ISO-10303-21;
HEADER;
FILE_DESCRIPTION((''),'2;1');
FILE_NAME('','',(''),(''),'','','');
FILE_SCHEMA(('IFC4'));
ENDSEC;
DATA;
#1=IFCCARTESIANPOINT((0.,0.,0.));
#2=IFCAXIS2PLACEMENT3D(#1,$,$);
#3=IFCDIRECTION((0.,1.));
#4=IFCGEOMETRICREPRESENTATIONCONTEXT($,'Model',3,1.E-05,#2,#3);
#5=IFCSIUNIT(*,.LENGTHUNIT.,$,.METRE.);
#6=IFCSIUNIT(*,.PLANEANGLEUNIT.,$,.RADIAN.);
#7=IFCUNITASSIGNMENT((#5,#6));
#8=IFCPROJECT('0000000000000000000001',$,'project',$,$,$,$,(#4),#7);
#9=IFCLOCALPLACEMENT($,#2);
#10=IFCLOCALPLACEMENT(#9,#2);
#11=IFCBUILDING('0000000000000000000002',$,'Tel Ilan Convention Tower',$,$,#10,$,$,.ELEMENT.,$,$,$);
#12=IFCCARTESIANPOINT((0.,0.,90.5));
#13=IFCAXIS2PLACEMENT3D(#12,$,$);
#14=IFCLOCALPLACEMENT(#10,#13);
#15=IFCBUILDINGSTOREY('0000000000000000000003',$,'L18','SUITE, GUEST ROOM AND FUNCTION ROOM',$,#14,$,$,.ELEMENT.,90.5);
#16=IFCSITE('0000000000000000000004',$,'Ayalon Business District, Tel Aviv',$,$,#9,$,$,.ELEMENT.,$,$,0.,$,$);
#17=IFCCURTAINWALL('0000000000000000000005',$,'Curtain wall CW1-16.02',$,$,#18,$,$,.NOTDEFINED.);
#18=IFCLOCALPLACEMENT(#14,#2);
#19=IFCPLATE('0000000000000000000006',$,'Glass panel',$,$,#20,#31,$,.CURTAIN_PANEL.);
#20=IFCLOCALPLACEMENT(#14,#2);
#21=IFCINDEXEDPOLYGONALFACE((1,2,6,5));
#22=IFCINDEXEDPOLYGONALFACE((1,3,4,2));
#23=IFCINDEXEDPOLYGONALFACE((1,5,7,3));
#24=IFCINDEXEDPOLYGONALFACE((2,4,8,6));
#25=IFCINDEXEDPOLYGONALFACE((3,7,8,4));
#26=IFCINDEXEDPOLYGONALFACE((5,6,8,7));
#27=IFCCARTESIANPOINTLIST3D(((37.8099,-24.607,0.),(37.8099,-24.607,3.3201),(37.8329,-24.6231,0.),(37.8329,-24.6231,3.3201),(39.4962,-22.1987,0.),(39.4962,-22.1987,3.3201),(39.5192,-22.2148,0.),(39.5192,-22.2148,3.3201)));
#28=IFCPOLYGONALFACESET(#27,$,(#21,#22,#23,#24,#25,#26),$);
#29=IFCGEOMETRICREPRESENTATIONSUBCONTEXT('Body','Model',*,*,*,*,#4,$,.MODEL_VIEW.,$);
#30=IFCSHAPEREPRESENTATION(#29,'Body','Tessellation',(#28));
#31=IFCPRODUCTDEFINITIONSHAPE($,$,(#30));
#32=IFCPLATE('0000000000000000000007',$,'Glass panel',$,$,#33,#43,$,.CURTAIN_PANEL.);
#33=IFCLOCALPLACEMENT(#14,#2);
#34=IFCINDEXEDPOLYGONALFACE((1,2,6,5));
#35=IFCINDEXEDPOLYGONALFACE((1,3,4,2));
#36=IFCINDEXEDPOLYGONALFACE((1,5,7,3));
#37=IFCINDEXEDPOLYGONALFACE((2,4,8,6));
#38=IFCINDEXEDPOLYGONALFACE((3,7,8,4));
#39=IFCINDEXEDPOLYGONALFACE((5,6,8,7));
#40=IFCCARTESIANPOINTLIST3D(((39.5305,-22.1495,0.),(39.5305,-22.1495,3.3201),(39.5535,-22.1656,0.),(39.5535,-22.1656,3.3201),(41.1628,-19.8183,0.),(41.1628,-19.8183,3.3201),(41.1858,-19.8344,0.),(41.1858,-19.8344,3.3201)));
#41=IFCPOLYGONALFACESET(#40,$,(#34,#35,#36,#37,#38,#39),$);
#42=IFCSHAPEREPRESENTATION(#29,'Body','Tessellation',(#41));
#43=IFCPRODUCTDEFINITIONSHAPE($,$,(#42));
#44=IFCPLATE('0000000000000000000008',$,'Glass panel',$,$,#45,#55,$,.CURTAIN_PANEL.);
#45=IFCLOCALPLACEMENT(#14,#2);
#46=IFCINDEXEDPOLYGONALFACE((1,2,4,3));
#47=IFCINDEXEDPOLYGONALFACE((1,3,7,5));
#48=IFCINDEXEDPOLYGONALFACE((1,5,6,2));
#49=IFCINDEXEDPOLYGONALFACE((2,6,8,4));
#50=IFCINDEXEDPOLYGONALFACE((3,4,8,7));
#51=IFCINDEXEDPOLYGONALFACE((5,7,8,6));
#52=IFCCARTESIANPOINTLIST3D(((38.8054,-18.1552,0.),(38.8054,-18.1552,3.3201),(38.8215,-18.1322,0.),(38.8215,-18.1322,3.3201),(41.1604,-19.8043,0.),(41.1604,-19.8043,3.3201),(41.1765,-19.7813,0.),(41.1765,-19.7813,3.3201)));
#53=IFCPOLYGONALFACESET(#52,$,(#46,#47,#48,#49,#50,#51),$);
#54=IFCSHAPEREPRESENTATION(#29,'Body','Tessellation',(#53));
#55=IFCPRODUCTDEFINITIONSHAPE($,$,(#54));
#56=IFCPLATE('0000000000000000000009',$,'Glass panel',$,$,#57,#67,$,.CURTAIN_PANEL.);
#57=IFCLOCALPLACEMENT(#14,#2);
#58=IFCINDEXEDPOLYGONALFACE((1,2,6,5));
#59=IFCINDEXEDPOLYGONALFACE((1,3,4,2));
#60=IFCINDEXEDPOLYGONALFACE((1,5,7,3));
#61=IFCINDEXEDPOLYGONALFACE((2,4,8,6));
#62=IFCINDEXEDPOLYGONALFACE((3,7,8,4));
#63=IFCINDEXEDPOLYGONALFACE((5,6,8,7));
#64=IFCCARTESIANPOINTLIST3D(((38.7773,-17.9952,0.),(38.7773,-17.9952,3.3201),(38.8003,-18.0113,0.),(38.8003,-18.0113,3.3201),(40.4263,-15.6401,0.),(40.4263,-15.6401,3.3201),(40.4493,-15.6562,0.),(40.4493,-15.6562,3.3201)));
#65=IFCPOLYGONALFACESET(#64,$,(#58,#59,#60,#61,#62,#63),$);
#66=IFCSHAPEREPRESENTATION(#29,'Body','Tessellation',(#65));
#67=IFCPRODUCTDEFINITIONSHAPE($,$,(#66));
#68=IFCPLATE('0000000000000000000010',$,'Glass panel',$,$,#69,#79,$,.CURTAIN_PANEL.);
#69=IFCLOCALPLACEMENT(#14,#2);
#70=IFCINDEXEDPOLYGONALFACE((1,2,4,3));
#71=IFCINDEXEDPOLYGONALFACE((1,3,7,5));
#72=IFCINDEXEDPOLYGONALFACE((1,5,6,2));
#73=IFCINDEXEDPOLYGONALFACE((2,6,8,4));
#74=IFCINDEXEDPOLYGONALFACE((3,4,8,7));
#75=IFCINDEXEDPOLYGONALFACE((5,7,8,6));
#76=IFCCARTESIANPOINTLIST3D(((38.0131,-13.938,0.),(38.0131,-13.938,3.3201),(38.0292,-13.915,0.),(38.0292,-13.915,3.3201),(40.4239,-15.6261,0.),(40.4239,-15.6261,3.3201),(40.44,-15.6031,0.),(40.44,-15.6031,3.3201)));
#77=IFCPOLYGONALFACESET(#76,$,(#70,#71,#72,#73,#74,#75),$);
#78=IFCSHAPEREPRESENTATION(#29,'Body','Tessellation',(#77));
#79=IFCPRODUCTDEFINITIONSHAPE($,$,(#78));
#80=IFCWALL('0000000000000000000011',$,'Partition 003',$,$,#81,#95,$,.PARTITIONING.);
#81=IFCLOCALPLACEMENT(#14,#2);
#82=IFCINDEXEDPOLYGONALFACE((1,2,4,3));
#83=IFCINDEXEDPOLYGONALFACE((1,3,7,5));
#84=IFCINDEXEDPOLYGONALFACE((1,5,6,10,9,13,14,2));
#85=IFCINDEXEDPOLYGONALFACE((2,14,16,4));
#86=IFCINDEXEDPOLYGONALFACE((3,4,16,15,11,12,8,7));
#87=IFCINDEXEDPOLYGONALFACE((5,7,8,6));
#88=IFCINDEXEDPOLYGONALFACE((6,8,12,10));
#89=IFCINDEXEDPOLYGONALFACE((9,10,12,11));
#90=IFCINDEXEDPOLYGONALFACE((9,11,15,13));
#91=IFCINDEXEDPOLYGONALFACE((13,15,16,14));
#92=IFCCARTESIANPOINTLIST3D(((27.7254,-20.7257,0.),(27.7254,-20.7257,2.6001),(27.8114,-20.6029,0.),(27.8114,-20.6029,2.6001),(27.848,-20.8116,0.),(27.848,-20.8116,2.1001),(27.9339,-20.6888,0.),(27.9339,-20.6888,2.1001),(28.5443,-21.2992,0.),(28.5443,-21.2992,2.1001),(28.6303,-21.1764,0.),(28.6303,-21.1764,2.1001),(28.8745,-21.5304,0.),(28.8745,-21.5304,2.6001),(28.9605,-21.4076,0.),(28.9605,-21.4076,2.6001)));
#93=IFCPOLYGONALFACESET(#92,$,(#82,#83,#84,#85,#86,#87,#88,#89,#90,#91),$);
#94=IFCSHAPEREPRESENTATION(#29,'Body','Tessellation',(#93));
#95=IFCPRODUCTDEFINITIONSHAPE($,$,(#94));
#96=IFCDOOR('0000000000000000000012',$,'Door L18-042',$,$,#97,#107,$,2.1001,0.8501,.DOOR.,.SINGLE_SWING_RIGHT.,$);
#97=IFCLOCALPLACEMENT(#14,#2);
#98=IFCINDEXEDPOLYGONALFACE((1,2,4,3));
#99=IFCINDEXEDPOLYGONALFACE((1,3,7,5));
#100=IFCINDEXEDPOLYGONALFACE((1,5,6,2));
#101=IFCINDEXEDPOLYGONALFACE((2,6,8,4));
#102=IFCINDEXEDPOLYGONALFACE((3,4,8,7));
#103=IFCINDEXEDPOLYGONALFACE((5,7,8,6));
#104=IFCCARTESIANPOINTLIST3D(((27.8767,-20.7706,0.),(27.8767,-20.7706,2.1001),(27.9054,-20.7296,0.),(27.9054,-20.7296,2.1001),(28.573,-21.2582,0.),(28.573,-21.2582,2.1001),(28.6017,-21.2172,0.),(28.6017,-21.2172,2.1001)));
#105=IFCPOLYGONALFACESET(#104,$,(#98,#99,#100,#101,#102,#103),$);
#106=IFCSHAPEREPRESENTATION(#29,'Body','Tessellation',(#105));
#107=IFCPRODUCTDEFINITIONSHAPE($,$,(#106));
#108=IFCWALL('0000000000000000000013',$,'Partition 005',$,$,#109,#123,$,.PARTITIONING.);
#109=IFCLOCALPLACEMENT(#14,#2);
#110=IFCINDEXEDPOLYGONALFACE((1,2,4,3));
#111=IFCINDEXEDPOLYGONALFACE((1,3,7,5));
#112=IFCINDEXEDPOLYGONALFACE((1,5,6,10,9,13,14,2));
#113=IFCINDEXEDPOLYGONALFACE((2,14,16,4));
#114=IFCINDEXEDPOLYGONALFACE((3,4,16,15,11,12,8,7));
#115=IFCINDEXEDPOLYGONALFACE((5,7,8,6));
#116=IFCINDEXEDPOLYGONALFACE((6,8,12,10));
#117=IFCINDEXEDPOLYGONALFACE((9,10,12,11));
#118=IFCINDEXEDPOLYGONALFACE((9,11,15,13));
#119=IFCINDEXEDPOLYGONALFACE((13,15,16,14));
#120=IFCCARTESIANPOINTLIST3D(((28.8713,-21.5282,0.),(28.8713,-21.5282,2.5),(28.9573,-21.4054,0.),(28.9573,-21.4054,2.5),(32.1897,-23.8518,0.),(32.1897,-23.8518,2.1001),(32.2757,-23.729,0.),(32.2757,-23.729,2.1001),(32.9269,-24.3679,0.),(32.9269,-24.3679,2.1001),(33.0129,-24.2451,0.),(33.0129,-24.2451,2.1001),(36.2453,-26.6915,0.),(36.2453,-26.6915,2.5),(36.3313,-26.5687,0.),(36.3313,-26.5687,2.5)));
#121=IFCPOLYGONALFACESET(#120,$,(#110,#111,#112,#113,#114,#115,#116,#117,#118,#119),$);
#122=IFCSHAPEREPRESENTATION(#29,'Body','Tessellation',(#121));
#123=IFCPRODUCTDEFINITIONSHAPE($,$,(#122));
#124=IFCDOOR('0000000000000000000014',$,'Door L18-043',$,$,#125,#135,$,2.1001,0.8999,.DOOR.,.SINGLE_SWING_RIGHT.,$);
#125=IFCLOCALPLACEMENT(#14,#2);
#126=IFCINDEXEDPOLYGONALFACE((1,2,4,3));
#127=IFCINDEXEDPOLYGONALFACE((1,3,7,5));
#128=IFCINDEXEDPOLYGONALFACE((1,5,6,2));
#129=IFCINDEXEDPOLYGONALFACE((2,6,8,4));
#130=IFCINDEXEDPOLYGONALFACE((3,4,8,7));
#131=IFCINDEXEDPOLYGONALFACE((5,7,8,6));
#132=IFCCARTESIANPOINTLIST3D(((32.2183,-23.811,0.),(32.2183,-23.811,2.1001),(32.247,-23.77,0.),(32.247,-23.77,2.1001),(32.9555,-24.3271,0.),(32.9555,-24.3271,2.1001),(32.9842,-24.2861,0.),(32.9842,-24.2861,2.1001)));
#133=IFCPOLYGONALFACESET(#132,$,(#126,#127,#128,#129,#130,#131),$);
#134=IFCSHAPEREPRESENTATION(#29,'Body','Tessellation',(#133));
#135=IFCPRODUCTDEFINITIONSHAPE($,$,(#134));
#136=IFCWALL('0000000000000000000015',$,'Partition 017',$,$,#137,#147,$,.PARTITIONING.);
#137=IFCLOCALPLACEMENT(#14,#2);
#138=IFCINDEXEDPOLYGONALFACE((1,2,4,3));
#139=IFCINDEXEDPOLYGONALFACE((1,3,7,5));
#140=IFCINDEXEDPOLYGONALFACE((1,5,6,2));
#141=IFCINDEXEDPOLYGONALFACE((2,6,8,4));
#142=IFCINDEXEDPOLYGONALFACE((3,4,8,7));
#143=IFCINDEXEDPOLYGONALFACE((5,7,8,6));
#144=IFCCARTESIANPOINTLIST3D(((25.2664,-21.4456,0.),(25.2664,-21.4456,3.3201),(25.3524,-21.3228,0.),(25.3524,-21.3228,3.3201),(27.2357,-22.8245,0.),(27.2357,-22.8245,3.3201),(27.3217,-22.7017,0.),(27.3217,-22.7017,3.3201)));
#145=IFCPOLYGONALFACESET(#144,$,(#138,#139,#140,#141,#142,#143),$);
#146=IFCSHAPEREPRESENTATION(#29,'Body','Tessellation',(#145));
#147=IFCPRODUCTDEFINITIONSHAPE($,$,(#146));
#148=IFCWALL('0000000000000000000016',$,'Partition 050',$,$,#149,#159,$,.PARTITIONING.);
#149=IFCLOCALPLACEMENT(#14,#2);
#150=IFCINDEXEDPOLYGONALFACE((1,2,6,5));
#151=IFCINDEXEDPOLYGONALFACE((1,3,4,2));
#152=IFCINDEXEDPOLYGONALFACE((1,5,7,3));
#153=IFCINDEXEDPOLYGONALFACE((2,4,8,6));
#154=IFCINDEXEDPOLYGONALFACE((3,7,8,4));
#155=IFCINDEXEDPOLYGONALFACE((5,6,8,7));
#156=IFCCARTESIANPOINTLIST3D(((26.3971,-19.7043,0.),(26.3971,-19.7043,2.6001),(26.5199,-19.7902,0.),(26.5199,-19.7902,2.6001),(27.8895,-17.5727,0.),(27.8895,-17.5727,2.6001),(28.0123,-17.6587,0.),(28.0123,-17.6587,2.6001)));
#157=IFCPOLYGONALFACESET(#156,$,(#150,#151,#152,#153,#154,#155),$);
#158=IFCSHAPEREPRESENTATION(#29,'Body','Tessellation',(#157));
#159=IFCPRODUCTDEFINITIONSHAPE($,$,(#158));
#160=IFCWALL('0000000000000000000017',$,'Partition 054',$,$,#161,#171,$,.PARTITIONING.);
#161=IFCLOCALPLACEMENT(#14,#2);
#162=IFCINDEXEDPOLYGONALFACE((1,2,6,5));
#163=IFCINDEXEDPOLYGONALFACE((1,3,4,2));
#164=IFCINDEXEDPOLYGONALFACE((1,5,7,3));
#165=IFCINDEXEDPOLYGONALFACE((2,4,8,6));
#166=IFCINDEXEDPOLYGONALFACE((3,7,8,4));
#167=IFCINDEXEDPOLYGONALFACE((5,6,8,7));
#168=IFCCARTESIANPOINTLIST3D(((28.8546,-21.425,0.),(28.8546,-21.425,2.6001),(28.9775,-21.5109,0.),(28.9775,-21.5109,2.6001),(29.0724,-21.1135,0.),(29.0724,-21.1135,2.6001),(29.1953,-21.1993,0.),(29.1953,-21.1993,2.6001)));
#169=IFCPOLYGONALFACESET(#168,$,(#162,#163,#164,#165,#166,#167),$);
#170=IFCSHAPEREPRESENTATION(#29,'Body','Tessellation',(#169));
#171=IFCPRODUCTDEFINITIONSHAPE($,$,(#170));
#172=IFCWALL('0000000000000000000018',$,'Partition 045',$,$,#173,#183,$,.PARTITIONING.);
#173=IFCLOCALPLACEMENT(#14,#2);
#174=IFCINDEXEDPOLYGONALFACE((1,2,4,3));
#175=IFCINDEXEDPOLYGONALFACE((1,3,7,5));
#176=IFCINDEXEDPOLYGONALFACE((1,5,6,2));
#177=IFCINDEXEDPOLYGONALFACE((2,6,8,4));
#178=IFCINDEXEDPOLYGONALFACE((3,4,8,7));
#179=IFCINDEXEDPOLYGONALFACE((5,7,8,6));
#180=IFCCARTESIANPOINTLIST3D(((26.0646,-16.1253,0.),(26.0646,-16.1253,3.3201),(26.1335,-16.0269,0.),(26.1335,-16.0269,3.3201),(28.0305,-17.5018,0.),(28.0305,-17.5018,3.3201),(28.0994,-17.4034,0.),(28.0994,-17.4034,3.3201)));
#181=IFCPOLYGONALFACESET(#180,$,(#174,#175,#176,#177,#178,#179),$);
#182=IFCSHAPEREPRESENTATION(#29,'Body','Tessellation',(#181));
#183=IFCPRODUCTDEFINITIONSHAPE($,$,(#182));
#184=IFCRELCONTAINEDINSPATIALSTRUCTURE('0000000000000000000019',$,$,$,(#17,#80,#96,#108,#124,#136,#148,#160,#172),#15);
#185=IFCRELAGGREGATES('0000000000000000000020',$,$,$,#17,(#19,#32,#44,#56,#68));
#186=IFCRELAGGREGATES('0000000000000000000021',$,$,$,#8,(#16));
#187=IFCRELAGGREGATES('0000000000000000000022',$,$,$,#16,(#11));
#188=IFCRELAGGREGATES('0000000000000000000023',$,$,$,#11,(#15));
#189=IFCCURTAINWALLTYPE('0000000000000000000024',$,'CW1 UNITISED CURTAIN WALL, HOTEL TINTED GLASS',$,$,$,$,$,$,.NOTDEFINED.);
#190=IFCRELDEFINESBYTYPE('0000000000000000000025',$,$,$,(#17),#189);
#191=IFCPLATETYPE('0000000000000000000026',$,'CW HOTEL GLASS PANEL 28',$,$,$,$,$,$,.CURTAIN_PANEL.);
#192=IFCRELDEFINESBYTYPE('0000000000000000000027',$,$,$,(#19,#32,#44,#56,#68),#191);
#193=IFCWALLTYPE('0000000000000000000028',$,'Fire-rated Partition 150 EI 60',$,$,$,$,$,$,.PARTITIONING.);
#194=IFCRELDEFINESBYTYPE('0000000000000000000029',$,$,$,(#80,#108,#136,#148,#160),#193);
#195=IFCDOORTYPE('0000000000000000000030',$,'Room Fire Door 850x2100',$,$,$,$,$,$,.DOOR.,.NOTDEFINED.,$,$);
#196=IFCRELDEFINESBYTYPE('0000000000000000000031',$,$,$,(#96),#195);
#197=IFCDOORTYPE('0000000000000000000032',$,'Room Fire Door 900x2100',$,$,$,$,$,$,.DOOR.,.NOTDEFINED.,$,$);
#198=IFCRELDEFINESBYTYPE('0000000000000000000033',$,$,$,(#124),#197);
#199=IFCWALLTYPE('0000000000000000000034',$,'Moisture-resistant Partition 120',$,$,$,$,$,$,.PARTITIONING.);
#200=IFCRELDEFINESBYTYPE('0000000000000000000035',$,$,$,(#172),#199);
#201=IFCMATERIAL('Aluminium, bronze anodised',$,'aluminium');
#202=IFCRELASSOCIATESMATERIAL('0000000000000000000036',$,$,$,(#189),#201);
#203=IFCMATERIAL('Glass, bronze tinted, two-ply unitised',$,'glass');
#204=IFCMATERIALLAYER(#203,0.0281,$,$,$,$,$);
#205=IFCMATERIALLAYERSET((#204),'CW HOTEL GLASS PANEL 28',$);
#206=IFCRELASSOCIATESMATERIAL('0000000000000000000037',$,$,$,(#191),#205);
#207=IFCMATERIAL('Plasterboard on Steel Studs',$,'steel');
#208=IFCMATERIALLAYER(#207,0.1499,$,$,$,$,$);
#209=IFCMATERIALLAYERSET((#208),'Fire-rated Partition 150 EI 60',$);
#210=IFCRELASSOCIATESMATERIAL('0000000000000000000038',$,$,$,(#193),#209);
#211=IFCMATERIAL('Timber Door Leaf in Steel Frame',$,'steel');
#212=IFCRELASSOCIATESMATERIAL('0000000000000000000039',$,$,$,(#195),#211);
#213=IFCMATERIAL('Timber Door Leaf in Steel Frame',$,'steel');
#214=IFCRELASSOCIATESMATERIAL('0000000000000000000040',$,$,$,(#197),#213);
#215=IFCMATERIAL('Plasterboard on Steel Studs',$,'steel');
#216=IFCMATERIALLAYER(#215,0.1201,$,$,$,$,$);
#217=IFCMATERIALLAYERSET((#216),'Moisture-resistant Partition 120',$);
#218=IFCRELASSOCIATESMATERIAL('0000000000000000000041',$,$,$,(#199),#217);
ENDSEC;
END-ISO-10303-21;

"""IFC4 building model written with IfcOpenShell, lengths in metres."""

from ifc_helpers import new_model, si_unit, direction, frame, frame_2d, origin, origin_2d, place, context, subcontext, project, spatial, rectangle, extrude, material, layer, layer_set, type_object, element, fill, aggregate, save


model = new_model("IFC4")

# Units and contexts
model_context = context("Model", 3, precision=1e-05, world=origin(), true_north=direction((0.0, 1.0)))
body_context = subcontext(model_context, "Body", "Model", "MODEL_VIEW")
ifc_project = project(units=[si_unit("LENGTHUNIT", "METRE"), si_unit("PLANEANGLEUNIT", "RADIAN")], contexts=[model_context])

# Site, building, storey
site_placement = place(None, origin())
site = spatial("IfcSite", under=ifc_project, at=site_placement, Name="Ayalon Business District, Tel Aviv", CompositionType="ELEMENT", RefElevation=0.0)
building_placement = place(site_placement, origin())
building = spatial("IfcBuilding", under=site, at=building_placement, Name="Tel Ilan Convention Tower", CompositionType="ELEMENT")
storey_placement = place(building_placement, frame((0.0, 0.0, 90.5)))
storey = spatial("IfcBuildingStorey", under=building, at=storey_placement, Name="L18", Description="SUITE, GUEST ROOM AND FUNCTION ROOM", CompositionType="ELEMENT", Elevation=90.5)

# Curtain wall, plates
ifc_material_1 = material(Name="Aluminium, bronze anodised", Category="aluminium")
curtain_wall_type = type_object("IfcCurtainWallType", Name="CW1 UNITISED CURTAIN WALL, HOTEL TINTED GLASS", PredefinedType="NOTDEFINED", material=ifc_material_1)
curtain_wall_placement = place(storey_placement, origin())
curtain_wall = element("IfcCurtainWall", 1, at=curtain_wall_placement, inside=storey, type_object=curtain_wall_type, Name="Curtain wall CW1-16.02", PredefinedType="NOTDEFINED")
ifc_material_2 = material(Name="Glass, bronze tinted, two-ply unitised", Category="glass")
ifc_layer_1 = layer(ifc_material_2, 0.0281)
ifc_layer_set_1 = layer_set([ifc_layer_1], Name="CW HOTEL GLASS PANEL 28")
plate_type = type_object("IfcPlateType", Name="CW HOTEL GLASS PANEL 28", PredefinedType="CURTAIN_PANEL", material=ifc_layer_set_1)
plate_1_placement = place(storey_placement, frame((38.6646, -23.4109, 0.0), z_axis=(0.0, 0.0, 1.0), x_axis=(0.573576, 0.819152, 0.0)))
plate_1 = element("IfcPlate", 2, at=plate_1_placement, type_object=plate_type, Name="Glass panel", PredefinedType="CURTAIN_PANEL", context=body_context, shape_type="SweptSolid", body=[
    extrude(rectangle(XDim=2.9399, YDim=0.0281, at=origin_2d()), origin(), (0.0, 0.0, 1.0), 3.3201),
])
plate_2_placement = place(storey_placement, frame((40.3582, -20.9919, 0.0), z_axis=(0.0, 0.0, 1.0), x_axis=(0.573576, 0.819152, 0.0)))
plate_2 = element("IfcPlate", 3, at=plate_2_placement, type_object=plate_type, Name="Glass panel", PredefinedType="CURTAIN_PANEL", context=body_context, shape_type="SweptSolid", body=[
    extrude(rectangle(XDim=2.8459, YDim=0.0281, at=origin_2d()), origin(), (0.0, 0.0, 1.0), 3.3201),
])
plate_3_placement = place(storey_placement, frame((39.991, -18.9683, 0.0), z_axis=(0.0, 0.0, 1.0), x_axis=(-0.819152, 0.573576, 0.0)))
plate_3 = element("IfcPlate", 4, at=plate_3_placement, type_object=plate_type, Name="Glass panel", PredefinedType="CURTAIN_PANEL", context=body_context, shape_type="SweptSolid", body=[
    extrude(rectangle(XDim=2.875, YDim=0.0281, at=origin_2d()), origin(), (0.0, 0.0, 1.0), 3.3201),
])
plate_4_placement = place(storey_placement, frame((39.6133, -16.8257, 0.0), z_axis=(0.0, 0.0, 1.0), x_axis=(0.573576, 0.819152, 0.0)))
plate_4 = element("IfcPlate", 5, at=plate_4_placement, type_object=plate_type, Name="Glass panel", PredefinedType="CURTAIN_PANEL", context=body_context, shape_type="SweptSolid", body=[
    extrude(rectangle(XDim=2.875, YDim=0.0281, at=origin_2d()), origin(), (0.0, 0.0, 1.0), 3.3201),
])
plate_5_placement = place(storey_placement, frame((39.2266, -14.7705, 0.0), z_axis=(0.0, 0.0, 1.0), x_axis=(-0.819152, 0.573576, 0.0)))
plate_5 = element("IfcPlate", 6, at=plate_5_placement, type_object=plate_type, Name="Glass panel", PredefinedType="CURTAIN_PANEL", context=body_context, shape_type="SweptSolid", body=[
    extrude(rectangle(XDim=2.9431, YDim=0.0281, at=origin_2d()), origin(), (0.0, 0.0, 1.0), 3.3201),
])
aggregate(curtain_wall, [plate_1, plate_2, plate_3, plate_4, plate_5])

# Walls, openings, doors
ifc_material_3 = material(Name="Plasterboard on Steel Studs", Category="steel")
ifc_layer_2 = layer(ifc_material_3, 0.1499)
ifc_layer_set_2 = layer_set([ifc_layer_2], Name="Fire-rated Partition 150 EI 60")
wall_type_1 = type_object("IfcWallType", Name="Fire-rated Partition 150 EI 60", PredefinedType="PARTITIONING", material=ifc_layer_set_2)
wall_1_placement = place(storey_placement, frame((28.9175, -21.469, 0.0), z_axis=(0.0, 0.0, 1.0), x_axis=(-0.819142, 0.573591, 0.0)))
wall_1 = element("IfcWall", 7, at=wall_1_placement, inside=storey, type_object=wall_type_1, Name="Partition 003", PredefinedType="PARTITIONING", context=body_context, shape_type="SweptSolid", body=[
    extrude(rectangle(XDim=1.4028, YDim=0.1499, at=frame_2d((0.7014, 0.0))), origin(), (0.0, 0.0, 1.0), 2.6001),
])
opening_1_placement = place(wall_1_placement, frame((0.4031, 0.0, 0.0)))
opening_1 = element("IfcOpeningElement", 8, at=opening_1_placement, cuts=wall_1, PredefinedType="OPENING", context=body_context, shape_type="SweptSolid", body=[
    extrude(rectangle(XDim=0.8501, YDim=2.1001, at=frame_2d((0.425, 1.05))), frame((0.0, 0.085, 0.0), z_axis=(0.0, -1.0, 0.0), x_axis=(1.0, 0.0, 0.0)), (0.0, 0.0, 1.0), 0.1699),
])
ifc_material_4 = material(Name="Timber Door Leaf in Steel Frame", Category="steel")
door_type_1 = type_object("IfcDoorType", Name="Room Fire Door 850x2100", OperationType="NOTDEFINED", PredefinedType="DOOR", material=ifc_material_4)
door_1_placement = place(opening_1_placement, origin())
door_1 = element("IfcDoor", 9, at=door_1_placement, inside=storey, type_object=door_type_1, Name="Door L18-042", OperationType="SINGLE_SWING_RIGHT", OverallHeight=2.1001, OverallWidth=0.8501, PredefinedType="DOOR", context=body_context, shape_type="SweptSolid", body=[
    extrude(rectangle(XDim=0.8501, YDim=2.1001, at=frame_2d((0.425, 1.05))), frame((0.0, 0.0249, 0.0), z_axis=(0.0, -1.0, 0.0), x_axis=(1.0, 0.0, 0.0)), (0.0, 0.0, 1.0), 0.05),
])
fill(opening_1, door_1)
wall_2_placement = place(storey_placement, frame((28.9143, -21.4668, 0.0), z_axis=(0.0, 0.0, 1.0), x_axis=(0.819153, -0.573575, 0.0)))
wall_2 = element("IfcWall", 10, at=wall_2_placement, inside=storey, type_object=wall_type_1, Name="Partition 005", PredefinedType="PARTITIONING", context=body_context, shape_type="SweptSolid", body=[
    extrude(rectangle(XDim=9.002, YDim=0.1499, at=frame_2d((4.501, 0.0))), origin(), (0.0, 0.0, 1.0), 2.5),
])
opening_2_placement = place(wall_2_placement, frame((4.051, 0.0, 0.0)))
opening_2 = element("IfcOpeningElement", 11, at=opening_2_placement, cuts=wall_2, PredefinedType="OPENING", context=body_context, shape_type="SweptSolid", body=[
    extrude(rectangle(XDim=0.8999, YDim=2.1001, at=frame_2d((0.45, 1.05))), frame((0.0, 0.085, 0.0), z_axis=(0.0, -1.0, 0.0), x_axis=(1.0, 0.0, 0.0)), (0.0, 0.0, 1.0), 0.1699),
])
ifc_material_5 = material(Name="Timber Door Leaf in Steel Frame", Category="steel")
door_type_2 = type_object("IfcDoorType", Name="Room Fire Door 900x2100", OperationType="NOTDEFINED", PredefinedType="DOOR", material=ifc_material_5)
door_2_placement = place(opening_2_placement, origin())
door_2 = element("IfcDoor", 12, at=door_2_placement, inside=storey, type_object=door_type_2, Name="Door L18-043", OperationType="SINGLE_SWING_RIGHT", OverallHeight=2.1001, OverallWidth=0.8999, PredefinedType="DOOR", context=body_context, shape_type="SweptSolid", body=[
    extrude(rectangle(XDim=0.8999, YDim=2.1001, at=frame_2d((0.45, 1.05))), frame((0.0, 0.0249, 0.0), z_axis=(0.0, -1.0, 0.0), x_axis=(1.0, 0.0, 0.0)), (0.0, 0.0, 1.0), 0.05),
])
fill(opening_2, door_2)

# Walls
wall_3_placement = place(storey_placement, frame((27.2788, -22.7632, 0.0), z_axis=(0.0, 0.0, 1.0), x_axis=(-0.819146, 0.573585, 0.0)))
element("IfcWall", 13, at=wall_3_placement, inside=storey, type_object=wall_type_1, Name="Partition 017", PredefinedType="PARTITIONING", context=body_context, shape_type="SweptSolid", body=[
    extrude(rectangle(XDim=2.4041, YDim=0.1499, at=frame_2d((1.2021, 0.0))), origin(), (0.0, 0.0, 1.0), 3.3201),
])
wall_4_placement = place(storey_placement, frame((27.9509, -17.6157, 0.0), z_axis=(0.0, 0.0, 1.0), x_axis=(-0.573544, -0.819175, 0.0)))
element("IfcWall", 14, at=wall_4_placement, inside=storey, type_object=wall_type_1, Name="Partition 050", PredefinedType="PARTITIONING", context=body_context, shape_type="SweptSolid", body=[
    extrude(rectangle(XDim=2.6021, YDim=0.1499, at=frame_2d((1.301, 0.0))), origin(), (0.0, 0.0, 1.0), 2.6001),
])
wall_5_placement = place(storey_placement, frame((29.1338, -21.1565, 0.0), z_axis=(0.0, 0.0, 1.0), x_axis=(-0.572945, -0.819594, 0.0)))
element("IfcWall", 15, at=wall_5_placement, inside=storey, type_object=wall_type_1, Name="Partition 054", PredefinedType="PARTITIONING", context=body_context, shape_type="SweptSolid", body=[
    extrude(rectangle(XDim=0.3801, YDim=0.1499, at=frame_2d((0.1899, 0.0))), origin(), (0.0, 0.0, 1.0), 2.6001),
])
ifc_material_6 = material(Name="Plasterboard on Steel Studs", Category="steel")
ifc_layer_3 = layer(ifc_material_6, 0.1201)
ifc_layer_set_3 = layer_set([ifc_layer_3], Name="Moisture-resistant Partition 120")
wall_type_2 = type_object("IfcWallType", Name="Moisture-resistant Partition 120", PredefinedType="PARTITIONING", material=ifc_layer_set_3)
wall_6_placement = place(storey_placement, frame((28.0649, -17.4526, 0.0), z_axis=(0.0, 0.0, 1.0), x_axis=(-0.819155, 0.573572, 0.0)))
element("IfcWall", 16, at=wall_6_placement, inside=storey, type_object=wall_type_2, Name="Partition 045", PredefinedType="PARTITIONING", context=body_context, shape_type="SweptSolid", body=[
    extrude(rectangle(XDim=2.3999, YDim=0.1201, at=frame_2d((1.2, 0.0))), origin(), (0.0, 0.0, 1.0), 3.3201),
])

save(model, "model.ifc")
